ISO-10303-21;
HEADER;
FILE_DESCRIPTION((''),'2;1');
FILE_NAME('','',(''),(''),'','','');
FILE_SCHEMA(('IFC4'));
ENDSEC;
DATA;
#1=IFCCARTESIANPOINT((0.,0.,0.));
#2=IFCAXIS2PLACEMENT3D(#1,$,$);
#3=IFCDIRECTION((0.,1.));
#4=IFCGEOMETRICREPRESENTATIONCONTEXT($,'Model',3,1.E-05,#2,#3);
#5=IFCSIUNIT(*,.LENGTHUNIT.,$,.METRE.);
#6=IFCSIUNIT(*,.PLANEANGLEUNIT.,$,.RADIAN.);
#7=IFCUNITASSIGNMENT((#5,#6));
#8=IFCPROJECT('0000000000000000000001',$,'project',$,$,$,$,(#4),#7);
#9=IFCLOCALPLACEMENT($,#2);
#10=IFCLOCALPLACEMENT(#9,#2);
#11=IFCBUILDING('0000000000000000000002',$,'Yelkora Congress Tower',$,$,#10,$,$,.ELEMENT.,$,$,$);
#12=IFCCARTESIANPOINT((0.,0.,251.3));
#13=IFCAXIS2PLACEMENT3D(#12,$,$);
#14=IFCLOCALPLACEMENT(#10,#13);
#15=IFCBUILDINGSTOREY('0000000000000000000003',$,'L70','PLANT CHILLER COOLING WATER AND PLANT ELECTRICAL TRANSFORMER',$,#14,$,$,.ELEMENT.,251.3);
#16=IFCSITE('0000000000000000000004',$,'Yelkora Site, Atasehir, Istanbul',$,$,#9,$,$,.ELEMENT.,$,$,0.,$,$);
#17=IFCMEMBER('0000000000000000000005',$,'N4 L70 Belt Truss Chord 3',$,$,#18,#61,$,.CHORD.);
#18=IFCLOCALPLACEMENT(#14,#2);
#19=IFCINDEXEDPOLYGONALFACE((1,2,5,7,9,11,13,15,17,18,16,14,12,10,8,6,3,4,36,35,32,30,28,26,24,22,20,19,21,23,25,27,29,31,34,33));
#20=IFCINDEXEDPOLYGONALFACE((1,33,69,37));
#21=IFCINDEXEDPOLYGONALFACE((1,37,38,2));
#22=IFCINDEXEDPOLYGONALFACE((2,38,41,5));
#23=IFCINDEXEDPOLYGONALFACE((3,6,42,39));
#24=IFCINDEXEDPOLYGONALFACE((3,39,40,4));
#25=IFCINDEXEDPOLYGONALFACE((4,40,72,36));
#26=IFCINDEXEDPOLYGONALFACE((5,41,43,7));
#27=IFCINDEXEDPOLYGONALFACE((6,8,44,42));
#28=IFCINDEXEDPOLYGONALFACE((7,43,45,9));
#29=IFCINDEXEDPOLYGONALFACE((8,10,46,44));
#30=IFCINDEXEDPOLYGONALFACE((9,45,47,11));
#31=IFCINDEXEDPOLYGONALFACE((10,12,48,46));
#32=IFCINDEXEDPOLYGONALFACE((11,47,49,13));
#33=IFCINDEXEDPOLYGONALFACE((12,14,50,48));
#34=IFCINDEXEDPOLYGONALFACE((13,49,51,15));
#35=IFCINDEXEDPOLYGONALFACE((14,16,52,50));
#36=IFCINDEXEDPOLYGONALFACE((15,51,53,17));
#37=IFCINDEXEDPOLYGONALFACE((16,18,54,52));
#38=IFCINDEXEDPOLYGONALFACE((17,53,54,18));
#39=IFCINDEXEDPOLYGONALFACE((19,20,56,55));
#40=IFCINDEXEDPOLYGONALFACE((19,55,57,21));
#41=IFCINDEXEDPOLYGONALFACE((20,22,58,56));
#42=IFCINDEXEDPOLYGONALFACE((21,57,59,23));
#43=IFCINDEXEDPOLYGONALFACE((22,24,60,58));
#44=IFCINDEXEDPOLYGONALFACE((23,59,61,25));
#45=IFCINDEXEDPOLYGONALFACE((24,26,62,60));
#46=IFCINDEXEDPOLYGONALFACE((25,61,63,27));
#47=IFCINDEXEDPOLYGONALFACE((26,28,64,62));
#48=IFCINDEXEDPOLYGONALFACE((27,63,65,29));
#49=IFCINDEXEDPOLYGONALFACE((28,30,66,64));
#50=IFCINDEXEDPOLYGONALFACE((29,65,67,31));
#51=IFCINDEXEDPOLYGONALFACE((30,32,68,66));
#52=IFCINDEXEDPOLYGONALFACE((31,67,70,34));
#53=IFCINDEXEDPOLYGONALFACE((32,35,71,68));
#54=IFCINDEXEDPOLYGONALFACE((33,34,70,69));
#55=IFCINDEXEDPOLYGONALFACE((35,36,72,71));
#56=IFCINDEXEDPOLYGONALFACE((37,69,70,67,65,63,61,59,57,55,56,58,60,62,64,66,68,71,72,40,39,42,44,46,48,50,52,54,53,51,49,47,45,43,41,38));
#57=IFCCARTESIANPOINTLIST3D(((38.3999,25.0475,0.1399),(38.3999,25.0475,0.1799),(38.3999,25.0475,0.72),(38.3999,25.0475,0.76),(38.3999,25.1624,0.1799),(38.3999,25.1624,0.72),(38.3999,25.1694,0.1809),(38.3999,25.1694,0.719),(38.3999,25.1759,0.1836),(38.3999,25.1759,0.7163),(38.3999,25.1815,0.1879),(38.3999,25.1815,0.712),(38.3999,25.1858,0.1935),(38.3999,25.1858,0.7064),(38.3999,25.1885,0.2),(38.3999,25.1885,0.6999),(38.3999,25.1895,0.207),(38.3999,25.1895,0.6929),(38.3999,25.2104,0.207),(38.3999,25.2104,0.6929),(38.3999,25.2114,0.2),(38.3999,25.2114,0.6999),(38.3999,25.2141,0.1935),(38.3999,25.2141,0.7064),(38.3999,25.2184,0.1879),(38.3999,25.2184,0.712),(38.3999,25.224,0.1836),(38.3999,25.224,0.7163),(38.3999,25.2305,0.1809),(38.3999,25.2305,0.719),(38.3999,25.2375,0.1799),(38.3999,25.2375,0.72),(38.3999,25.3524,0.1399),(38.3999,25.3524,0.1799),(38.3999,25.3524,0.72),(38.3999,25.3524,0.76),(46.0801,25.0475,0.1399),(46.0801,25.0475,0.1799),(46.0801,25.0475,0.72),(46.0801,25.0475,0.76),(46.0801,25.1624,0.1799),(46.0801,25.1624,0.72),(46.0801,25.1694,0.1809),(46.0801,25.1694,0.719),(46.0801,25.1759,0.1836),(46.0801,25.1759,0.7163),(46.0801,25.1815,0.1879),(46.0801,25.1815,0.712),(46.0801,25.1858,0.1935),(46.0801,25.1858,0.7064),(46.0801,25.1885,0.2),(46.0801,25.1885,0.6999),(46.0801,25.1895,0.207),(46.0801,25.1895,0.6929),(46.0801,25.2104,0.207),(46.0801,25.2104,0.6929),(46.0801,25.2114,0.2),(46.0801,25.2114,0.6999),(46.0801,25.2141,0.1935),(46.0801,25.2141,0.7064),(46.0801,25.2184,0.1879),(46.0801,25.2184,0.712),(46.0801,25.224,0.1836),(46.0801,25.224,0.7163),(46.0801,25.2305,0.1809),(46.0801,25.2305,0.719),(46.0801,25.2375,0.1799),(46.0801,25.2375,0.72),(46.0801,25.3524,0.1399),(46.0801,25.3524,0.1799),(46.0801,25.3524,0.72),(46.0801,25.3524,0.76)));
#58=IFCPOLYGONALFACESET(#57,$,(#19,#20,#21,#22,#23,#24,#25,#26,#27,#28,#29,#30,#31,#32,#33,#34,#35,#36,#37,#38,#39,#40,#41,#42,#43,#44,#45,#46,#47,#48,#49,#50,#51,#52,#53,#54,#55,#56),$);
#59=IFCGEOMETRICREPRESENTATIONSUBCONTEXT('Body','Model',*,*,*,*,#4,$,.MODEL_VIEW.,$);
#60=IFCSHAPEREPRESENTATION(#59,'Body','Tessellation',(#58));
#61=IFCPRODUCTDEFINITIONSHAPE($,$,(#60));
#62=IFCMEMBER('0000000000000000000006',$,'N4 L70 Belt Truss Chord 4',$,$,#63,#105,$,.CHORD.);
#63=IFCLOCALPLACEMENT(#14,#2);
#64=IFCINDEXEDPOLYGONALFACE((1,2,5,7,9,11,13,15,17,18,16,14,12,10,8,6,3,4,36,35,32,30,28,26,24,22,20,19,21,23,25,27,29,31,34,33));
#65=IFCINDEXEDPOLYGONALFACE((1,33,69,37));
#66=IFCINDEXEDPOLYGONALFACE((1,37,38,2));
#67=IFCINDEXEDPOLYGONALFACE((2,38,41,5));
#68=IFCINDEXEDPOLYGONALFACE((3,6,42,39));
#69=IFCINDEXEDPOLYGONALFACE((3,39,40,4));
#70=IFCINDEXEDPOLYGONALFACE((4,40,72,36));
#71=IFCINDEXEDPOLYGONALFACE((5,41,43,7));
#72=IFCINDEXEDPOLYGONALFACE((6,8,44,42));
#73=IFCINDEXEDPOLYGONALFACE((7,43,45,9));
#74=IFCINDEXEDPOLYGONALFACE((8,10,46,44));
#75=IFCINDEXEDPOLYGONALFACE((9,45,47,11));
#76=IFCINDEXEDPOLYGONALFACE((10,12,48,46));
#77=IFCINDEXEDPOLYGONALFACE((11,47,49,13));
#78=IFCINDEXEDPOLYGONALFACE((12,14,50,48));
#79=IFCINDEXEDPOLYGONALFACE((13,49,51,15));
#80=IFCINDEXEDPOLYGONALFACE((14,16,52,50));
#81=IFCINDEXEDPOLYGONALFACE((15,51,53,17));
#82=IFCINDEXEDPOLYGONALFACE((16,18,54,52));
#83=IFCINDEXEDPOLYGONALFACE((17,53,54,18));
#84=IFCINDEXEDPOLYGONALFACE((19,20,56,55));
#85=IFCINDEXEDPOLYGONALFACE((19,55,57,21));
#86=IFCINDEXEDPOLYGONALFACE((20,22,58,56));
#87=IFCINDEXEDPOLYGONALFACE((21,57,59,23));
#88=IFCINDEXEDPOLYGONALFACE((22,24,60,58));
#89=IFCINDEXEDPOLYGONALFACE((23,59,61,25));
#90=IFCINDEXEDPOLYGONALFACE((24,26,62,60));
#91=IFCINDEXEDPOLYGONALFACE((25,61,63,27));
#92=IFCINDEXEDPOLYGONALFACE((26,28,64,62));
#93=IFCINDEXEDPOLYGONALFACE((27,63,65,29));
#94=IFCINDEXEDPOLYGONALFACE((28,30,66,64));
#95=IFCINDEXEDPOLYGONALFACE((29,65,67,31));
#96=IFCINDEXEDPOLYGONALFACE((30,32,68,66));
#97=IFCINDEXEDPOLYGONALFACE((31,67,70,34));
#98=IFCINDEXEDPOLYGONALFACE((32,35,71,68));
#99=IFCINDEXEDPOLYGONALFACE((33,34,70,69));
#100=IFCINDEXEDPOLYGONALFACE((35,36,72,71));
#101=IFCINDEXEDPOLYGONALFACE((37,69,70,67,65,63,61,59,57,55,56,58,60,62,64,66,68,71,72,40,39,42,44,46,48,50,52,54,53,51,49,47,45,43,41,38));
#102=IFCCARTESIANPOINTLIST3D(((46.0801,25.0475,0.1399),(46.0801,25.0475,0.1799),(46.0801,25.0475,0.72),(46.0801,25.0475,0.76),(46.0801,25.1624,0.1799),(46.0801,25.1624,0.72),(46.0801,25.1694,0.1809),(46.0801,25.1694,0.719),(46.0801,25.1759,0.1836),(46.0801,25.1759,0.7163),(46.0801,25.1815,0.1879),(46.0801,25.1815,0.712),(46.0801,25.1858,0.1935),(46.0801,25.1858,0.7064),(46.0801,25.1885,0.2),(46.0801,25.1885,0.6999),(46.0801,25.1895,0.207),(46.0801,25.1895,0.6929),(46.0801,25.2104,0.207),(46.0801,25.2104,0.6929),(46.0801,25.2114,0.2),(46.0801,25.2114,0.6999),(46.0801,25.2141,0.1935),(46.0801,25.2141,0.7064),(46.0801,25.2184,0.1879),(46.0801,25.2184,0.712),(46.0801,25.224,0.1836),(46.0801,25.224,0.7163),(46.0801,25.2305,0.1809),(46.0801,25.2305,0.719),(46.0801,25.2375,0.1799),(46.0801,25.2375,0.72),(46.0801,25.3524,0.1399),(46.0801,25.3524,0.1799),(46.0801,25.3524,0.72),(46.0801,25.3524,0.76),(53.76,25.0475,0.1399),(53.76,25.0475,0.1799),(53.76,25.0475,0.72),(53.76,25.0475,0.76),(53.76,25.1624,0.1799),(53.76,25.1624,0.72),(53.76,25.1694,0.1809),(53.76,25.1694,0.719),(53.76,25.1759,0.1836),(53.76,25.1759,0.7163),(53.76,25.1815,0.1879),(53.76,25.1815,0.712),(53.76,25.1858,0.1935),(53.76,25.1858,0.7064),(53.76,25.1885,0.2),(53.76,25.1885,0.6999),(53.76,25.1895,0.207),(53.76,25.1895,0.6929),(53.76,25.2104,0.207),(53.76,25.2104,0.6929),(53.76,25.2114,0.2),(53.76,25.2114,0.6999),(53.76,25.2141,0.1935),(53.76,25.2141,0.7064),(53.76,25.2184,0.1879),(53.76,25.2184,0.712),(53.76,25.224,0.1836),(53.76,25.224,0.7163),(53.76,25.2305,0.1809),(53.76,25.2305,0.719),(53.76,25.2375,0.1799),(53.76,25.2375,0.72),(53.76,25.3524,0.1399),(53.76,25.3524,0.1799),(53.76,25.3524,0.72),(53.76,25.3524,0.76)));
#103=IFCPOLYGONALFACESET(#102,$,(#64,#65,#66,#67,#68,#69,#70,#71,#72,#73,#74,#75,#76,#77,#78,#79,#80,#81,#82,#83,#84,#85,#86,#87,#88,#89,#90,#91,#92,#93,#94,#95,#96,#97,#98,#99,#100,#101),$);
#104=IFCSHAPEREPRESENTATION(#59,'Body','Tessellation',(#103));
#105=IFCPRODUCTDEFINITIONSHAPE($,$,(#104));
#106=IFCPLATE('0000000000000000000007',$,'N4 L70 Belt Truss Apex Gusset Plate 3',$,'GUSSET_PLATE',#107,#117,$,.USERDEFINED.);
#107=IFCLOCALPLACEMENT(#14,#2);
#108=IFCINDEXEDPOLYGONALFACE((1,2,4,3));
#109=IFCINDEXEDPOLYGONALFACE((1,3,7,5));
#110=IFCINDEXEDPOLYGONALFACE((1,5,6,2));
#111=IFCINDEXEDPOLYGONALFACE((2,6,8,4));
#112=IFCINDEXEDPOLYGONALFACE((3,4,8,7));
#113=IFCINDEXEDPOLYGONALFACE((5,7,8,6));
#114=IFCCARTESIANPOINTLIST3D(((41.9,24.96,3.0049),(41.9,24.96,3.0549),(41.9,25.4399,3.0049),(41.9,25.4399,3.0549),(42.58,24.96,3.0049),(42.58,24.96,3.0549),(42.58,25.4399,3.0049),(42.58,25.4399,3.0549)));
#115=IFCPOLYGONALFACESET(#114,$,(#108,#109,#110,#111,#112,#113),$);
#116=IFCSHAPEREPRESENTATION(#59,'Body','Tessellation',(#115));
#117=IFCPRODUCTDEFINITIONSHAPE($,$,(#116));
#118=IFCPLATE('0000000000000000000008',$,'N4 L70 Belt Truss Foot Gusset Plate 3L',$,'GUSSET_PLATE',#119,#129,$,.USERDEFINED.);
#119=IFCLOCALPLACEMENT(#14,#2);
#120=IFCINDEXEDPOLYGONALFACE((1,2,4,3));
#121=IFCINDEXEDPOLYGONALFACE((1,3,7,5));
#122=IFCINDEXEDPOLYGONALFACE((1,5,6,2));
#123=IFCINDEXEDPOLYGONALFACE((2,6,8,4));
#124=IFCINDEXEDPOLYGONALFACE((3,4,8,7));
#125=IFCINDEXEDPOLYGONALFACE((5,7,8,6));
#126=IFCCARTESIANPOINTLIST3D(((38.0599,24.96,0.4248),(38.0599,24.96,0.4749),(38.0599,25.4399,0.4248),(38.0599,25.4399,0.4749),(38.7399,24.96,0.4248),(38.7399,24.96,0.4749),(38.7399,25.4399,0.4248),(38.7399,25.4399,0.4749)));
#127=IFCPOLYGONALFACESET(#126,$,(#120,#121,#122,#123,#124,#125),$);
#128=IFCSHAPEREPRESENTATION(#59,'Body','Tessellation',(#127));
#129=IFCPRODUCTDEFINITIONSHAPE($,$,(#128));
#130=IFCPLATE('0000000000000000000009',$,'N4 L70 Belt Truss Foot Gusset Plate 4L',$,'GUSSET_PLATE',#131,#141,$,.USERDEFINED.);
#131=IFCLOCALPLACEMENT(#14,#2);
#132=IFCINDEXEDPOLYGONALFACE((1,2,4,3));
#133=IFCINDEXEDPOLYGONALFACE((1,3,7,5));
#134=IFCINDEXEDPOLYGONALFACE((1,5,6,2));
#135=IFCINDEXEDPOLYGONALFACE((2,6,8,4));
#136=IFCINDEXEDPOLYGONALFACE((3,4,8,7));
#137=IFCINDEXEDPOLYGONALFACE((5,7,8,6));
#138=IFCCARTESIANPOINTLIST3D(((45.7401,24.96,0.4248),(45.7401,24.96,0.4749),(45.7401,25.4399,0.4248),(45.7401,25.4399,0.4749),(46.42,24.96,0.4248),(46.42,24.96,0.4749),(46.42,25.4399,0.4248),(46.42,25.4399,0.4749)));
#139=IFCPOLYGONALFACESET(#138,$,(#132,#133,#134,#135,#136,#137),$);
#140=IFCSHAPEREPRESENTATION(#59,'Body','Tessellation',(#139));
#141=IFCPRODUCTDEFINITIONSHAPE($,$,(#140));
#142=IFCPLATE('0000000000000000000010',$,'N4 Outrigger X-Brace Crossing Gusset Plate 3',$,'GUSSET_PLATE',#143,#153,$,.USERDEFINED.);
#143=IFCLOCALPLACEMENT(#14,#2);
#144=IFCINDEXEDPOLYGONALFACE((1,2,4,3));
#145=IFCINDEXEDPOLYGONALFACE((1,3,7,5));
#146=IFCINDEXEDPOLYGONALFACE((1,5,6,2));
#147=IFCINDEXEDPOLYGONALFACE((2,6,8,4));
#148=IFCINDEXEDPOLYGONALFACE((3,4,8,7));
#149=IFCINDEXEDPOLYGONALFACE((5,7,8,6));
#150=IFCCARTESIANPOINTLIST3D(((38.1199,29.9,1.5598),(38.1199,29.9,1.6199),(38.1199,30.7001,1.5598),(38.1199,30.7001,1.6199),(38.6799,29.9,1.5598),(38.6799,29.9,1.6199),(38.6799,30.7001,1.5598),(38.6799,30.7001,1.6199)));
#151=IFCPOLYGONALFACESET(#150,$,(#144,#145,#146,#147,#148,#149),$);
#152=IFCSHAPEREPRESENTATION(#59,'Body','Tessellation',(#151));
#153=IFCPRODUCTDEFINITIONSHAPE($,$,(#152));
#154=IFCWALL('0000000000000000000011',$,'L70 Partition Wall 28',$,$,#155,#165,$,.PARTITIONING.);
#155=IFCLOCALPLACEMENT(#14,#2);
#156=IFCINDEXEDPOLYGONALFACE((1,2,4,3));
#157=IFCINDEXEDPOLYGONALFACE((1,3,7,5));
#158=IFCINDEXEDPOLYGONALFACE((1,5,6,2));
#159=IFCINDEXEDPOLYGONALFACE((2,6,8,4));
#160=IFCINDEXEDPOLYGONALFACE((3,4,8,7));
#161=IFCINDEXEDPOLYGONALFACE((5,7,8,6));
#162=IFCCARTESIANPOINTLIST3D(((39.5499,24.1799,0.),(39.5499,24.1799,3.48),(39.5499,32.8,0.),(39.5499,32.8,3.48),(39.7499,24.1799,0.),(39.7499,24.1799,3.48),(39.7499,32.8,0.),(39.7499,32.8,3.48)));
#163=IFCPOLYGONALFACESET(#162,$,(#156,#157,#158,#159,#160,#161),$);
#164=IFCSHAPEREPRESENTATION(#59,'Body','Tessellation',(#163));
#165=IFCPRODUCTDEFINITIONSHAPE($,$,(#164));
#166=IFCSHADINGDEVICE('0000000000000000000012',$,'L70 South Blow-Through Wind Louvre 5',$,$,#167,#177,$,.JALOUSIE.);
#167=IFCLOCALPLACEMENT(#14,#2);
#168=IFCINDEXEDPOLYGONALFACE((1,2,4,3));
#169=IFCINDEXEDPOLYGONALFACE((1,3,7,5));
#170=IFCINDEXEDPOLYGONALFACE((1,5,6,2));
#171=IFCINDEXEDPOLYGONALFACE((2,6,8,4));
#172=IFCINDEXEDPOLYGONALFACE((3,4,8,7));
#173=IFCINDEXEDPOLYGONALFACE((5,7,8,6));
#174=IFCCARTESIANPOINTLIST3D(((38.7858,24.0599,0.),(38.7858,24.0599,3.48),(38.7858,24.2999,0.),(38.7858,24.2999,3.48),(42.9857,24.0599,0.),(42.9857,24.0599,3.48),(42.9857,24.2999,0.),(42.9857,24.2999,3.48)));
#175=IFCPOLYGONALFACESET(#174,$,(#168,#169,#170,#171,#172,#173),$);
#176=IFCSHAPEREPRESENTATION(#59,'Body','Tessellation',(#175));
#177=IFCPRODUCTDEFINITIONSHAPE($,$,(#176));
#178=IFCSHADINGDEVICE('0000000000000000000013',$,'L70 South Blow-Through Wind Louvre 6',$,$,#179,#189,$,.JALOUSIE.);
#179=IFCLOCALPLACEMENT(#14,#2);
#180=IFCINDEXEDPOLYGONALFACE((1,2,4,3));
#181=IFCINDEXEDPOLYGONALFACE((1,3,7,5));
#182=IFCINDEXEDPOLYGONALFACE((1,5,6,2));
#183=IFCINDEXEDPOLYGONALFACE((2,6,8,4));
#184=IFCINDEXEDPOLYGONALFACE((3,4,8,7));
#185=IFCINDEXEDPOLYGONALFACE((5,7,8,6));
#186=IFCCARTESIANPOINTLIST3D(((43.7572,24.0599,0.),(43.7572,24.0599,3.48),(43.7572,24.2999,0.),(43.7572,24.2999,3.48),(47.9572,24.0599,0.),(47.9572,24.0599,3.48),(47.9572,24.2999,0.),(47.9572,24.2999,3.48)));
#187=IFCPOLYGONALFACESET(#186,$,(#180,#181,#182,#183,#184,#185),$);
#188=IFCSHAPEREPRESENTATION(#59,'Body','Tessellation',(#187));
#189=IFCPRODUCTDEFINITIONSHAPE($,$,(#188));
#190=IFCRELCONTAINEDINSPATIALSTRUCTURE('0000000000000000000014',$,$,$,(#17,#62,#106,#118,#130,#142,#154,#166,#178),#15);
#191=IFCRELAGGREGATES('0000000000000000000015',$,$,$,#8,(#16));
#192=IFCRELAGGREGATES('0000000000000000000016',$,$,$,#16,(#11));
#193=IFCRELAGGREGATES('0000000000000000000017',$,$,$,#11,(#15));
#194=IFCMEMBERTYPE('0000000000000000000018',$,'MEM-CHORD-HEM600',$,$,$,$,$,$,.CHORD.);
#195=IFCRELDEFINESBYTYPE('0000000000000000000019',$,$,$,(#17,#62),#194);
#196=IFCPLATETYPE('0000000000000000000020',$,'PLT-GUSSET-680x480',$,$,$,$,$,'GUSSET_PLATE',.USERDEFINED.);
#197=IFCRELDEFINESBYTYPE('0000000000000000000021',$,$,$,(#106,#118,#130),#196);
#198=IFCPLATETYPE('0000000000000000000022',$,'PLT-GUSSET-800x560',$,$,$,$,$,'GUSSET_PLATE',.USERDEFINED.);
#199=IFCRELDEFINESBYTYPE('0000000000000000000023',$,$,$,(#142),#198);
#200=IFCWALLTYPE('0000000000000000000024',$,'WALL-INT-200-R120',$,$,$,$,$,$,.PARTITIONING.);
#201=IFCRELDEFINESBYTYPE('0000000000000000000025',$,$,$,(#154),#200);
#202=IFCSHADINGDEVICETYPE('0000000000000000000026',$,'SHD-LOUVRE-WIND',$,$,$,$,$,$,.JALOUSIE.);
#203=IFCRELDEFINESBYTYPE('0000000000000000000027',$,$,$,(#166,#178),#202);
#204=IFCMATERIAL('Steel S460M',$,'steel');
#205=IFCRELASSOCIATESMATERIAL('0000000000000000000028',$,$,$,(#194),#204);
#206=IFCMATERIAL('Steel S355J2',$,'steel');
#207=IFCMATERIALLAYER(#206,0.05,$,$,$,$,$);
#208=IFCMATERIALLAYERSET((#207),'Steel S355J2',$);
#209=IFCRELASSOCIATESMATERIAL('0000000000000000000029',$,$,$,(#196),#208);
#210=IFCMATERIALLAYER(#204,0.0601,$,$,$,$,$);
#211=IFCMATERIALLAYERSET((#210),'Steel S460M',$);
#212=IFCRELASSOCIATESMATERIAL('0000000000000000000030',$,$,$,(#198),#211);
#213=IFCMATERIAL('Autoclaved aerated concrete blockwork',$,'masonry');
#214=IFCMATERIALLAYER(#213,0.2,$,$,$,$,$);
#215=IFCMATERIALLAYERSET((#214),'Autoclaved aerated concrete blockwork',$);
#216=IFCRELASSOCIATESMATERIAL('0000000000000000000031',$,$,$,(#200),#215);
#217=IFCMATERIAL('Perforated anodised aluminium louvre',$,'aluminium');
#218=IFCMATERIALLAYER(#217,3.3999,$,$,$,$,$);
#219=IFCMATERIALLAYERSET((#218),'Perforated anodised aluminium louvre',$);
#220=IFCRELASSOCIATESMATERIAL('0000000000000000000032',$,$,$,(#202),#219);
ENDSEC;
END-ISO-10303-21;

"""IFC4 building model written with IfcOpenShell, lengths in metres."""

from ifc_helpers import new_model, si_unit, direction, frame, frame_2d, origin, origin_2d, place, context, subcontext, project, spatial, rectangle, i_section, extrude, material, layer, layer_set, material_profile, profile_set, type_object, element, save


model = new_model("IFC4")

# Units and contexts
model_context = context("Model", 3, precision=1e-05, world=origin(), true_north=direction((0.0, 1.0)))
body_context = subcontext(model_context, "Body", "Model", "MODEL_VIEW")
ifc_project = project(units=[si_unit("LENGTHUNIT", "METRE"), si_unit("PLANEANGLEUNIT", "RADIAN")], contexts=[model_context])

# Site, building, storey
site_placement = place(None, origin())
site = spatial("IfcSite", under=ifc_project, at=site_placement, Name="Yelkora Site, Atasehir, Istanbul", CompositionType="ELEMENT", RefElevation=0.0)
building_placement = place(site_placement, origin())
building = spatial("IfcBuilding", under=site, at=building_placement, Name="Yelkora Congress Tower", CompositionType="ELEMENT")
storey_placement = place(building_placement, frame((0.0, 0.0, 251.3)))
storey = spatial("IfcBuildingStorey", under=building, at=storey_placement, Name="L70", Description="PLANT CHILLER COOLING WATER AND PLANT ELECTRICAL TRANSFORMER", CompositionType="ELEMENT", Elevation=251.3)

# Shared definitions
ifc_material_1 = material(Name="Steel S460M", Category="steel")

# Members
ifc_material_2 = material(Name="Steel S355J2", Category="steel")
ifc_material_profile_1 = material_profile(ifc_material_1, i_section(OverallWidth=0.3049, OverallDepth=0.6201, WebThickness=0.021, FlangeThickness=0.04, FilletRadius=0.0271, at=origin_2d()), Name="HEM 600")
ifc_profile_set_1 = profile_set([ifc_material_profile_1], Name="Steel S460M")
member_type_1 = type_object("IfcMemberType", Name="MEM-CHORD-HEM600", PredefinedType="CHORD", material=ifc_profile_set_1)
member_1_placement = place(storey_placement, frame((38.3999, 25.2, 0.45), z_axis=(1.0, 0.0, 0.0), x_axis=(0.0, 1.0, 0.0)))
element("IfcMember", 1, at=member_1_placement, inside=storey, type_object=member_type_1, Name="N4 L70 Belt Truss Chord 3", PredefinedType="CHORD", context=body_context, shape_type="SweptSolid", body=[
    extrude(i_section(OverallWidth=0.3049, OverallDepth=0.6201, WebThickness=0.021, FlangeThickness=0.04, FilletRadius=0.0271, at=origin_2d()), origin(), (0.0, 0.0, 1.0), 7.6802),
])
member_2_placement = place(storey_placement, frame((46.0801, 25.2, 0.45), z_axis=(1.0, 0.0, 0.0), x_axis=(0.0, 1.0, 0.0)))
element("IfcMember", 2, at=member_2_placement, inside=storey, type_object=member_type_1, Name="N4 L70 Belt Truss Chord 4", PredefinedType="CHORD", context=body_context, shape_type="SweptSolid", body=[
    extrude(i_section(OverallWidth=0.3049, OverallDepth=0.6201, WebThickness=0.021, FlangeThickness=0.04, FilletRadius=0.0271, at=origin_2d()), origin(), (0.0, 0.0, 1.0), 7.6799),
])

# Plates
ifc_layer_1 = layer(ifc_material_2, 0.05)
ifc_layer_set_1 = layer_set([ifc_layer_1], Name="Steel S355J2")
plate_type_1 = type_object("IfcPlateType", Name="PLT-GUSSET-680x480", ElementType="GUSSET_PLATE", PredefinedType="USERDEFINED", material=ifc_layer_set_1)
for number, where, z_axis, x_axis, name in (
    (3, (42.24, 25.2, 3.0049), (0.0, 0.0, 1.0), (1.0, 0.0, 0.0), "N4 L70 Belt Truss Apex Gusset Plate 3"),
    (4, (38.3999, 25.2, 0.4248), (0.0, 0.0, 1.0), (1.0, 0.0, 0.0), "N4 L70 Belt Truss Foot Gusset Plate 3L"),
    (5, (46.0801, 25.2, 0.4248), (0.0, 0.0, 1.0), (1.0, 0.0, 0.0), "N4 L70 Belt Truss Foot Gusset Plate 4L"),
):
    element("IfcPlate", number, at=place(storey_placement, frame(where, z_axis=z_axis, x_axis=x_axis)), inside=storey, type_object=plate_type_1, Name=name, ObjectType="GUSSET_PLATE", PredefinedType="USERDEFINED", context=body_context, shape_type="SweptSolid", body=[
        extrude(rectangle(XDim=0.6799, YDim=0.48, at=origin_2d()), origin(), (0.0, 0.0, 1.0), 0.05),
    ])
ifc_layer_2 = layer(ifc_material_1, 0.0601)
ifc_layer_set_2 = layer_set([ifc_layer_2], Name="Steel S460M")
plate_type_2 = type_object("IfcPlateType", Name="PLT-GUSSET-800x560", ElementType="GUSSET_PLATE", PredefinedType="USERDEFINED", material=ifc_layer_set_2)
plate_placement = place(storey_placement, frame((38.3999, 30.3, 1.5598), z_axis=(0.0, 0.0, 1.0), x_axis=(0.0, 1.0, 0.0)))
element("IfcPlate", 6, at=plate_placement, inside=storey, type_object=plate_type_2, Name="N4 Outrigger X-Brace Crossing Gusset Plate 3", ObjectType="GUSSET_PLATE", PredefinedType="USERDEFINED", context=body_context, shape_type="SweptSolid", body=[
    extrude(rectangle(XDim=0.8, YDim=0.5601, at=origin_2d()), origin(), (0.0, 0.0, 1.0), 0.0601),
])

# Wall
ifc_material_3 = material(Name="Autoclaved aerated concrete blockwork", Category="masonry")
ifc_layer_3 = layer(ifc_material_3, 0.2)
ifc_layer_set_3 = layer_set([ifc_layer_3], Name="Autoclaved aerated concrete blockwork")
wall_type_1 = type_object("IfcWallType", Name="WALL-INT-200-R120", PredefinedType="PARTITIONING", material=ifc_layer_set_3)
wall_1_placement = place(storey_placement, frame((39.6499, 24.1799, 0.0), z_axis=(0.0, 0.0, 1.0), x_axis=(0.0, 1.0, 0.0)))
element("IfcWall", 7, at=wall_1_placement, inside=storey, type_object=wall_type_1, Name="L70 Partition Wall 28", PredefinedType="PARTITIONING", context=body_context, shape_type="SweptSolid", body=[
    extrude(rectangle(XDim=8.6201, YDim=0.2, at=frame_2d((4.3101, 0.0))), origin(), (0.0, 0.0, 1.0), 3.48),
])

# Shading devices
ifc_material_4 = material(Name="Perforated anodised aluminium louvre", Category="aluminium")
ifc_layer_4 = layer(ifc_material_4, 3.3999)
ifc_layer_set_4 = layer_set([ifc_layer_4], Name="Perforated anodised aluminium louvre")
shading_device_type = type_object("IfcShadingDeviceType", Name="SHD-LOUVRE-WIND", PredefinedType="JALOUSIE", material=ifc_layer_set_4)
for number, where, z_axis, x_axis, name in (
    (8, (40.8857, 24.1799, 0.0), (0.0, 0.0, 1.0), (1.0, 0.0, 0.0), "L70 South Blow-Through Wind Louvre 5"),
    (9, (45.8572, 24.1799, 0.0), (0.0, 0.0, 1.0), (1.0, 0.0, 0.0), "L70 South Blow-Through Wind Louvre 6"),
):
    element("IfcShadingDevice", number, at=place(storey_placement, frame(where, z_axis=z_axis, x_axis=x_axis)), inside=storey, type_object=shading_device_type, Name=name, PredefinedType="JALOUSIE", context=body_context, shape_type="SweptSolid", body=[
        extrude(rectangle(XDim=4.2, YDim=0.24, at=origin_2d()), origin(), (0.0, 0.0, 1.0), 3.48),
    ])

save(model, "model.ifc")
